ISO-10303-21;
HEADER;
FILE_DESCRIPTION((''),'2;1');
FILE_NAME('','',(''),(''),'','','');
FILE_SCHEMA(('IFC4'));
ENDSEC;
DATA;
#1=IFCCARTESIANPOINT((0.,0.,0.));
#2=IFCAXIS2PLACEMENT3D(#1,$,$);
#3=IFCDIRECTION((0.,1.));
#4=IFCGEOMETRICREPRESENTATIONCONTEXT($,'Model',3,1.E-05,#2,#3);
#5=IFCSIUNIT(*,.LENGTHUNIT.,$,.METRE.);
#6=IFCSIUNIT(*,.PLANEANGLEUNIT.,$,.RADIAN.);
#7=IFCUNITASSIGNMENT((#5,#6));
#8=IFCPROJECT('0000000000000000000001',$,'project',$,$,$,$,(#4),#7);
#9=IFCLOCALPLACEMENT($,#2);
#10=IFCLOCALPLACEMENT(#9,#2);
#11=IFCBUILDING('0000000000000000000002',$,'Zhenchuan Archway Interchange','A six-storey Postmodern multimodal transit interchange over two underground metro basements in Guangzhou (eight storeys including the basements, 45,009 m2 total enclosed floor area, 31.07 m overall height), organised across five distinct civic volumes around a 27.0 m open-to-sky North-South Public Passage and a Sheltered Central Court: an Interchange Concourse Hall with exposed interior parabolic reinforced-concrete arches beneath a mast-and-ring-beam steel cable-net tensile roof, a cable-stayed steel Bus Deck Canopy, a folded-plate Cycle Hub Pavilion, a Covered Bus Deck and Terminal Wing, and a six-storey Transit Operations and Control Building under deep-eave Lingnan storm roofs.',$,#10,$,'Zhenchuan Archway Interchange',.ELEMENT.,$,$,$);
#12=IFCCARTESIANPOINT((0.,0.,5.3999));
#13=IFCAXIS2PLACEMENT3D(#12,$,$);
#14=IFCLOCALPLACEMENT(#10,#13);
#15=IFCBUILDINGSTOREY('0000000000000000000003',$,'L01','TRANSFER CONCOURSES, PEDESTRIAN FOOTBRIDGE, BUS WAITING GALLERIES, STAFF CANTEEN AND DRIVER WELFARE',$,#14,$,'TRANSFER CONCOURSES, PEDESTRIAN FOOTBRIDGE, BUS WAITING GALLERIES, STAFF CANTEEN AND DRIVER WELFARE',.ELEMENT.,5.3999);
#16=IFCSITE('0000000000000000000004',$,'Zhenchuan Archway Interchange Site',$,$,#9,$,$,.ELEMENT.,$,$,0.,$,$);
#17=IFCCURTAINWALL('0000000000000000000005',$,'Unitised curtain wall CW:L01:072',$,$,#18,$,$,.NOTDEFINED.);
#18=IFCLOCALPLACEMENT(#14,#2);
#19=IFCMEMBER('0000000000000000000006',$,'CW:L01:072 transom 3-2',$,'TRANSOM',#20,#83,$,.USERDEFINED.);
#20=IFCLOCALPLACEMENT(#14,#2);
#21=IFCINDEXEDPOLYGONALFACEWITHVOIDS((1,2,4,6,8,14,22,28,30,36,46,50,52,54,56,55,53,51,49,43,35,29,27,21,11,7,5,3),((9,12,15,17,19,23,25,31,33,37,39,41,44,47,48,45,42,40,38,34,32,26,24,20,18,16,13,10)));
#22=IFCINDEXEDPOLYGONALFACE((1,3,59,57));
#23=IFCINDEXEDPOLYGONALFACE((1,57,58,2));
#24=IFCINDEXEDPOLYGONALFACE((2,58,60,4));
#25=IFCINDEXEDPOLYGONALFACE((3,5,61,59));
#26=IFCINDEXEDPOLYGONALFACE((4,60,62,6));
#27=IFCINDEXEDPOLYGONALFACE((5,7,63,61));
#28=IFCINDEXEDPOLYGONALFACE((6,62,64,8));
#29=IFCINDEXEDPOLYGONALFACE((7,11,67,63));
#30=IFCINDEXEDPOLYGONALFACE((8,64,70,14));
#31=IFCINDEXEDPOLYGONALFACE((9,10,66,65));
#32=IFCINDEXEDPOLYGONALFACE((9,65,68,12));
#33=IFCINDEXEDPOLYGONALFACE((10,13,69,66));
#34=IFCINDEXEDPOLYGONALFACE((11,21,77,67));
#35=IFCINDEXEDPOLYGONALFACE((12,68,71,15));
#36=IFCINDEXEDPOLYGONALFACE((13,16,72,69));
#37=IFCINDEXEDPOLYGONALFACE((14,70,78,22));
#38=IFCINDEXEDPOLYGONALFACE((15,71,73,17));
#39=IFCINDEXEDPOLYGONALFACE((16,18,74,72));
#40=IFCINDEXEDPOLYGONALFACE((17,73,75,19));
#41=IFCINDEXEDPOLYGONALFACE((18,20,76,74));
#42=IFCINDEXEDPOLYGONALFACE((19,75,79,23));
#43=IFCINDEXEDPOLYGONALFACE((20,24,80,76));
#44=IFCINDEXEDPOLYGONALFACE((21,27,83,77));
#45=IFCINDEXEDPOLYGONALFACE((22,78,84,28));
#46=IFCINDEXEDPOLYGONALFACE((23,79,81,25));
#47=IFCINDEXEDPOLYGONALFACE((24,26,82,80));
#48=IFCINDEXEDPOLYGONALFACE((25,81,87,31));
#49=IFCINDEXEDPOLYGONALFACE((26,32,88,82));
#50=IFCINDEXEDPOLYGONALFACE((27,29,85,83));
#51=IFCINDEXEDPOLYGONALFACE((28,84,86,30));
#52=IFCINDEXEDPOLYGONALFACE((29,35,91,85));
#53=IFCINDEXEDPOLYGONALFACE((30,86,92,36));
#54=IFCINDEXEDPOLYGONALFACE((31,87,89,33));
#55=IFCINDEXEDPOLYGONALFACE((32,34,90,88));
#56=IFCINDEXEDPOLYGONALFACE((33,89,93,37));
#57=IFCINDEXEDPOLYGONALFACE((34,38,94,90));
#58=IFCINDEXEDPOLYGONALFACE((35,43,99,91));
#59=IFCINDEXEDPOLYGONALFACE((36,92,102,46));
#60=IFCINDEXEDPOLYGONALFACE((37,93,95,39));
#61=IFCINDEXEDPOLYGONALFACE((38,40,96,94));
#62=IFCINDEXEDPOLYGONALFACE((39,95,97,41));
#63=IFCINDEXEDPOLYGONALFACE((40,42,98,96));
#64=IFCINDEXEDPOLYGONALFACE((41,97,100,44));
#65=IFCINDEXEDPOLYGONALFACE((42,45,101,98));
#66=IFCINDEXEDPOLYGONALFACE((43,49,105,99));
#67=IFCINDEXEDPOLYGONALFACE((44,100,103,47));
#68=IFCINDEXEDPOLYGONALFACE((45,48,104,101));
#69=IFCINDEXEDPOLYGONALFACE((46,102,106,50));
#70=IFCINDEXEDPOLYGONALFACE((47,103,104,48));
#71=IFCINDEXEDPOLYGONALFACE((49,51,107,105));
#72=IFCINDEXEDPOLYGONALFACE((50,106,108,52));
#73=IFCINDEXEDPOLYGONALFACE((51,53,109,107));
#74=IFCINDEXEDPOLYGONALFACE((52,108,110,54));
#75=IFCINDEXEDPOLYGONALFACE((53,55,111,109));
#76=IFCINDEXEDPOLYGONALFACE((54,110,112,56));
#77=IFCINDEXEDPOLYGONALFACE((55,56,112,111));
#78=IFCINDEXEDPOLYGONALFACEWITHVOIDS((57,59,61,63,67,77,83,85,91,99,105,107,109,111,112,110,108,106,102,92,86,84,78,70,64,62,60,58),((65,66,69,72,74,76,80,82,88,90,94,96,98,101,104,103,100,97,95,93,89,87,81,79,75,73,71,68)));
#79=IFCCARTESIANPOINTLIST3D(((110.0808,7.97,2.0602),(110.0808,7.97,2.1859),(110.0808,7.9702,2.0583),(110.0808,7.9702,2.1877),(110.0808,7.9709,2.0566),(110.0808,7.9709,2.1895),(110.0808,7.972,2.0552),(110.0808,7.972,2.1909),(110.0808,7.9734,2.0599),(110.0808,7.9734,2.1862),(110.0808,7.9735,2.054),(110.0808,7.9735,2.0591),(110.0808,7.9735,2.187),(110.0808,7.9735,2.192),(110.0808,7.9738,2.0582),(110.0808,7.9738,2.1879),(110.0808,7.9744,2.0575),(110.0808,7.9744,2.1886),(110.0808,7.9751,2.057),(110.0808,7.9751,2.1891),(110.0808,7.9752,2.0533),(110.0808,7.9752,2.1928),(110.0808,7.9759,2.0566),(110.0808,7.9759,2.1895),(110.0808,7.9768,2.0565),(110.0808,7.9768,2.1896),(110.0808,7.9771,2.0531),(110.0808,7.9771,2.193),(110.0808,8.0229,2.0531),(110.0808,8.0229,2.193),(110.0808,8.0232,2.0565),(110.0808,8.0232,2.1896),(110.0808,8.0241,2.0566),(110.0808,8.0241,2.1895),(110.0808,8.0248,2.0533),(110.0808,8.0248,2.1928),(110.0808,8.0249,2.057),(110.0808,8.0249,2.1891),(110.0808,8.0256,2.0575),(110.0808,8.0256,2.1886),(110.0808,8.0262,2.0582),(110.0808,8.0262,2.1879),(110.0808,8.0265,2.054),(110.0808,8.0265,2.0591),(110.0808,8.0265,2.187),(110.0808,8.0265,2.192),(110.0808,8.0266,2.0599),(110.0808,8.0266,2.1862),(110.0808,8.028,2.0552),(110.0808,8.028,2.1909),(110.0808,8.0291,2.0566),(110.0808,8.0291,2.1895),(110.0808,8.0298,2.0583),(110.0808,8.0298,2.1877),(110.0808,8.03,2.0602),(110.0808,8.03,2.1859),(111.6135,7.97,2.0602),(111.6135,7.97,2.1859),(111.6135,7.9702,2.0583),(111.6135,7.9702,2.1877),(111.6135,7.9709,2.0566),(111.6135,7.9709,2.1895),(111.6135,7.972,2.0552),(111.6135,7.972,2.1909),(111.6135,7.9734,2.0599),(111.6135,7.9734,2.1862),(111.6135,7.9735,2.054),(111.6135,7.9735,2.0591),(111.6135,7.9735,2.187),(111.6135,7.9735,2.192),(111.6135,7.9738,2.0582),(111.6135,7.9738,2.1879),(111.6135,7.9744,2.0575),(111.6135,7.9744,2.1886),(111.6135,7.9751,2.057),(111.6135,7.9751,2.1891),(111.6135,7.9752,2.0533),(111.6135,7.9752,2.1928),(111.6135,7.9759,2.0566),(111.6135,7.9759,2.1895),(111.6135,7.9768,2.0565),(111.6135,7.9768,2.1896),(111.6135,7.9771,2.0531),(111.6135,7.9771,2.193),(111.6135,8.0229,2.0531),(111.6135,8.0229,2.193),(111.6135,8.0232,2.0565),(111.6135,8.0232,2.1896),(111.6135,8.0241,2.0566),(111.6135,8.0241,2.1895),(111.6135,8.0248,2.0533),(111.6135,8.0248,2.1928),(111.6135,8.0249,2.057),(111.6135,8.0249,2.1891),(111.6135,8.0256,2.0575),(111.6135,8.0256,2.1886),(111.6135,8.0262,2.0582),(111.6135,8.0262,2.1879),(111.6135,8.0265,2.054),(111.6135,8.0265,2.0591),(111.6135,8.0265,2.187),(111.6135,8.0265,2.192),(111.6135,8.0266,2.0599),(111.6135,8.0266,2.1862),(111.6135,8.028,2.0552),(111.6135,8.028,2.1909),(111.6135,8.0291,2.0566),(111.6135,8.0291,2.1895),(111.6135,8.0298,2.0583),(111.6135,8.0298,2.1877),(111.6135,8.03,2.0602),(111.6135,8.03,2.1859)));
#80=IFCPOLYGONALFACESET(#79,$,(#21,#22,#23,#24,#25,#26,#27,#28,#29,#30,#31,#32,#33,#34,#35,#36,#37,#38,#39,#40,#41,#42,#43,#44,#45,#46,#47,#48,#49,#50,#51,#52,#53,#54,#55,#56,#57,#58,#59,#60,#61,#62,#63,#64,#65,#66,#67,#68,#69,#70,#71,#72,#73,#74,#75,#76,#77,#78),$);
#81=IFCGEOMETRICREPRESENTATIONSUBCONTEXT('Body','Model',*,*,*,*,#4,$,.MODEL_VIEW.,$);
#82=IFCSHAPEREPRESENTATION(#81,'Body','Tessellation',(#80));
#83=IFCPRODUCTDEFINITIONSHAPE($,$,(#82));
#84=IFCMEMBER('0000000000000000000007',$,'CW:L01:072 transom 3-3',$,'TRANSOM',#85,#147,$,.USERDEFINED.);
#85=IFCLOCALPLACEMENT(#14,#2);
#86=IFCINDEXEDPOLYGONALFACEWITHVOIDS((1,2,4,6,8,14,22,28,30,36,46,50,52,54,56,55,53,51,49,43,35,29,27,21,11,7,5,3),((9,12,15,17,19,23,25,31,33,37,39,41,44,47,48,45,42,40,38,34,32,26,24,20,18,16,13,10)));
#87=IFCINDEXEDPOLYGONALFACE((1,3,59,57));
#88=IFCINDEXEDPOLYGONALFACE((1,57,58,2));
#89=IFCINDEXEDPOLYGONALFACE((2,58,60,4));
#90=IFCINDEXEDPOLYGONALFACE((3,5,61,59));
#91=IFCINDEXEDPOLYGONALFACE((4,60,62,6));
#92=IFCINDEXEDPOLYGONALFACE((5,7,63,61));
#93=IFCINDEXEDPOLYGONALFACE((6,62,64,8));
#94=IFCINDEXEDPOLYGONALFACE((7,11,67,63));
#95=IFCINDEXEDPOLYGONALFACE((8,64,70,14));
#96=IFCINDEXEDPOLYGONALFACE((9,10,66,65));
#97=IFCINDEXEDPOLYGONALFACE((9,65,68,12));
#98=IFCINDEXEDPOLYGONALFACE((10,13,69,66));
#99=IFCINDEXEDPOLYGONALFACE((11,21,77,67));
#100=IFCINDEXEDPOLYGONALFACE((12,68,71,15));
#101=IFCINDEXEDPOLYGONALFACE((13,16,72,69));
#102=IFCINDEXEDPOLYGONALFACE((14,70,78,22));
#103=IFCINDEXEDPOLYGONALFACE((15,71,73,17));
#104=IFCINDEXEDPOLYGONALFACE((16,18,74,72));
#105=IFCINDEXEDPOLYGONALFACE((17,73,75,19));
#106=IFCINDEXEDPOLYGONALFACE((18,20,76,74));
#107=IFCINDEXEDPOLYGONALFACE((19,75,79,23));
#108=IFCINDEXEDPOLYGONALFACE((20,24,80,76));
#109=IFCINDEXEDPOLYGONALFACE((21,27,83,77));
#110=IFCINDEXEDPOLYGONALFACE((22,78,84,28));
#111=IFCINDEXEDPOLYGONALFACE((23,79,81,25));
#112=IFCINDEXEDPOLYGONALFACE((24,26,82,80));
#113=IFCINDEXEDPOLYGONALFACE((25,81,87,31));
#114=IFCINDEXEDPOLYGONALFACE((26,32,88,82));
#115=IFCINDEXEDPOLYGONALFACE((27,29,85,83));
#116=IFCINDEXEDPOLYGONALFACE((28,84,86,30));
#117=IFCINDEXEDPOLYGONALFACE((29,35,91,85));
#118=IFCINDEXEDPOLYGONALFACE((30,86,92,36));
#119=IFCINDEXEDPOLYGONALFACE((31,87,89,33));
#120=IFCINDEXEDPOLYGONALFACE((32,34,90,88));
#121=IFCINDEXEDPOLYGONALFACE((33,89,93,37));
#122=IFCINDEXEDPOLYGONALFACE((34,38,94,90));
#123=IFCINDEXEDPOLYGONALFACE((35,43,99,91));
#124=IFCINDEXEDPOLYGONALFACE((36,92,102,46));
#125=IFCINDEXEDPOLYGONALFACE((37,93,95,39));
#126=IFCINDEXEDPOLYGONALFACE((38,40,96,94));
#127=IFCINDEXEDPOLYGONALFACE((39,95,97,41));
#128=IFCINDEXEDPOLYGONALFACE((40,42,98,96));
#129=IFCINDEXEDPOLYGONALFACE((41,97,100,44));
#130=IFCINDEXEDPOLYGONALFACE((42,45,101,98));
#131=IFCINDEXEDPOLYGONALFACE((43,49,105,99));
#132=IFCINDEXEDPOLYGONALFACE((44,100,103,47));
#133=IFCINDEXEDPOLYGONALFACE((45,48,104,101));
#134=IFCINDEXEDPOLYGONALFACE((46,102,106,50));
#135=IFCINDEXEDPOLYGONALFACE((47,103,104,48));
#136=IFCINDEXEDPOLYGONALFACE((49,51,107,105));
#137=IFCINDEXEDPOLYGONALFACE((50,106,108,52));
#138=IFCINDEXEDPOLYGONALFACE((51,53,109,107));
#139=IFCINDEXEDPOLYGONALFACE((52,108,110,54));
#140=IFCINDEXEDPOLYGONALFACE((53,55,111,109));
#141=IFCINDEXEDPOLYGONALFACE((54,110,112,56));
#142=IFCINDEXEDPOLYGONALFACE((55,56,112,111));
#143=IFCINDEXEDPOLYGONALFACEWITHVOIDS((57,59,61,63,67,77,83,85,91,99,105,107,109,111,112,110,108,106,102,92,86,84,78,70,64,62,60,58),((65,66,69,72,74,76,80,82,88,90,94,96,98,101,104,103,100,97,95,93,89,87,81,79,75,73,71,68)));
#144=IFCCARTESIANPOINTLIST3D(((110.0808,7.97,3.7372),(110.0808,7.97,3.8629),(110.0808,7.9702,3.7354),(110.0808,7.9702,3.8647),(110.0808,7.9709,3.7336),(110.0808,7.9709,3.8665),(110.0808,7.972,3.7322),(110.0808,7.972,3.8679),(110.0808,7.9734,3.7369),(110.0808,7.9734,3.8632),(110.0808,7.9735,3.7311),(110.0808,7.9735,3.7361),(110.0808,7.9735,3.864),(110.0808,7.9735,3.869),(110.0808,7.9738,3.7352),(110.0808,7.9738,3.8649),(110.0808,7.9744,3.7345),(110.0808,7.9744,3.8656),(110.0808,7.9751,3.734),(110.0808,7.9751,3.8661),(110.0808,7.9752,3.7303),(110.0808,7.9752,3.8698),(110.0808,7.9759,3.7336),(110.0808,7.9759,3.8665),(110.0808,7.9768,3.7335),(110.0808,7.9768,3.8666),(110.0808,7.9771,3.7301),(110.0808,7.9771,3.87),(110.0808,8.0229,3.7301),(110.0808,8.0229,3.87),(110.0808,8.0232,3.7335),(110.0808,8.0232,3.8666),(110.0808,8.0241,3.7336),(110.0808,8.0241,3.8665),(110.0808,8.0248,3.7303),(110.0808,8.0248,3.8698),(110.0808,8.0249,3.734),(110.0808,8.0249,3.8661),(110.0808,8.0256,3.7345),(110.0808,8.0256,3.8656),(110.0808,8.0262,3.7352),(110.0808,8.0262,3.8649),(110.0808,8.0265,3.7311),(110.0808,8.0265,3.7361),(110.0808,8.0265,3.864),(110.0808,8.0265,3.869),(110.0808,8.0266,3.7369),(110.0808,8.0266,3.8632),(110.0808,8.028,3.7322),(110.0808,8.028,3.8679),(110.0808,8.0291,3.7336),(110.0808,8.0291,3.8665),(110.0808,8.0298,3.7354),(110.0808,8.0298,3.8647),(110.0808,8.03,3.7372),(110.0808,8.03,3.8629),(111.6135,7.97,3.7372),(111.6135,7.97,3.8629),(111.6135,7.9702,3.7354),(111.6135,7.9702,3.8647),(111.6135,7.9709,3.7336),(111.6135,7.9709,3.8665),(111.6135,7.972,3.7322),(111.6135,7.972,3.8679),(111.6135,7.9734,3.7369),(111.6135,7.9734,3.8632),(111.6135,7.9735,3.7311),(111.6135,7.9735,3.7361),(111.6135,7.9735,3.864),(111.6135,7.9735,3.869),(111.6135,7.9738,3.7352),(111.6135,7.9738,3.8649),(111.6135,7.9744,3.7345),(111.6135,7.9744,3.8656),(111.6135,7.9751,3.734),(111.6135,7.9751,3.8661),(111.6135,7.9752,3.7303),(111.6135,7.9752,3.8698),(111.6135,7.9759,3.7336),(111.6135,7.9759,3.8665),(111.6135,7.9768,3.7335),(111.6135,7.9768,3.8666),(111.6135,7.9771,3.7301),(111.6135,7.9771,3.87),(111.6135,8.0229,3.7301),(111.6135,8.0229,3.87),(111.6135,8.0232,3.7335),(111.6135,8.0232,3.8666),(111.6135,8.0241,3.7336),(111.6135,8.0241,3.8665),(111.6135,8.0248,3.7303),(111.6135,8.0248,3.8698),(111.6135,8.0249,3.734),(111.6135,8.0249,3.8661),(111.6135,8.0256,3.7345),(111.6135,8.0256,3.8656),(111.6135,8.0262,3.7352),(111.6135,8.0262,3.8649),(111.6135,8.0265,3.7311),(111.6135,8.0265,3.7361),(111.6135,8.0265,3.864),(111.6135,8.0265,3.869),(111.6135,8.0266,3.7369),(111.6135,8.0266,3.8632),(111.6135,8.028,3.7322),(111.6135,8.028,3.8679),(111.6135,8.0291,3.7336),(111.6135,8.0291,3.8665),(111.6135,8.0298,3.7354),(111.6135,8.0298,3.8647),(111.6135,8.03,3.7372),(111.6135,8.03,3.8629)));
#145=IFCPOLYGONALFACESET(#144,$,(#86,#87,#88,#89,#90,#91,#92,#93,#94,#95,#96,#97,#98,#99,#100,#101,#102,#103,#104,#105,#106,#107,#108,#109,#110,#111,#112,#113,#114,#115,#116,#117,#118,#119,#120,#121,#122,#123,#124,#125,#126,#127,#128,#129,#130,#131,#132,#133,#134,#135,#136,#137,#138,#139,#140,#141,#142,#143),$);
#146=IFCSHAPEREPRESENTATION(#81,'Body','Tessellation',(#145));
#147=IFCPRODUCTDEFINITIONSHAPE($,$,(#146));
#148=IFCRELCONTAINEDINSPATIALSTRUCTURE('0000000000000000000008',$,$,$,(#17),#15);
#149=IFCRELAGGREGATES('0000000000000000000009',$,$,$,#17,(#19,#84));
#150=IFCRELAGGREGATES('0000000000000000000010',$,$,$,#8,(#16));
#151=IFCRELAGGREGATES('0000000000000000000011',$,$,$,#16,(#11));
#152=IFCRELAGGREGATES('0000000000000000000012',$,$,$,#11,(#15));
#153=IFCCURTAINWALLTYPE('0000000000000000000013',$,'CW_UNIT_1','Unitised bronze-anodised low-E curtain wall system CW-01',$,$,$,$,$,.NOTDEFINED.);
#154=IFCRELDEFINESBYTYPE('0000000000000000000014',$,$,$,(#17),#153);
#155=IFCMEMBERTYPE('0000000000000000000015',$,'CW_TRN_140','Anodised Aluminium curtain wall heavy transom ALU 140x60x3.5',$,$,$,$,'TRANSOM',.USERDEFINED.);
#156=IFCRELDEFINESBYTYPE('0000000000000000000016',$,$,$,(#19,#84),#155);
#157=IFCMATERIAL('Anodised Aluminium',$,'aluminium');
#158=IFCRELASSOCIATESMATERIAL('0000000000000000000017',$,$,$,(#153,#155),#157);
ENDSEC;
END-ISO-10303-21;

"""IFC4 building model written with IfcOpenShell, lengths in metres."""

from ifc_helpers import new_model, si_unit, direction, frame, origin, origin_2d, place, context, subcontext, project, spatial, hollow_rectangle, extrude, material, material_profile, profile_set, type_object, element, aggregate, save


model = new_model("IFC4")

# Units and contexts
model_context = context("Model", 3, precision=1e-05, world=origin(), true_north=direction((0.0, 1.0)))
body_context = subcontext(model_context, "Body", "Model", "MODEL_VIEW")
ifc_project = project(units=[si_unit("LENGTHUNIT", "METRE"), si_unit("PLANEANGLEUNIT", "RADIAN")], contexts=[model_context])

# Site, building, storey
site_placement = place(None, origin())
site = spatial("IfcSite", under=ifc_project, at=site_placement, Name="Zhenchuan Archway Interchange Site", CompositionType="ELEMENT", RefElevation=0.0)
building_placement = place(site_placement, origin())
building = spatial("IfcBuilding", under=site, at=building_placement, Name="Zhenchuan Archway Interchange", Description="A six-storey Postmodern multimodal transit interchange over two underground metro basements in Guangzhou (eight storeys including the basements, 45,009 m2 total enclosed floor area, 31.07 m overall height), organised across five distinct civic volumes around a 27.0 m open-to-sky North-South Public Passage and a Sheltered Central Court: an Interchange Concourse Hall with exposed interior parabolic reinforced-concrete arches beneath a mast-and-ring-beam steel cable-net tensile roof, a cable-stayed steel Bus Deck Canopy, a folded-plate Cycle Hub Pavilion, a Covered Bus Deck and Terminal Wing, and a six-storey Transit Operations and Control Building under deep-eave Lingnan storm roofs.", LongName="Zhenchuan Archway Interchange", CompositionType="ELEMENT")
storey_placement = place(building_placement, frame((0.0, 0.0, 5.3999)))
storey = spatial("IfcBuildingStorey", under=building, at=storey_placement, Name="L01", Description="TRANSFER CONCOURSES, PEDESTRIAN FOOTBRIDGE, BUS WAITING GALLERIES, STAFF CANTEEN AND DRIVER WELFARE", LongName="TRANSFER CONCOURSES, PEDESTRIAN FOOTBRIDGE, BUS WAITING GALLERIES, STAFF CANTEEN AND DRIVER WELFARE", CompositionType="ELEMENT", Elevation=5.3999)

# Curtain wall, members
ifc_material_1 = material(Name="Anodised Aluminium", Category="aluminium")
curtain_wall_type = type_object("IfcCurtainWallType", Name="CW_UNIT_1", Description="Unitised bronze-anodised low-E curtain wall system CW-01", PredefinedType="NOTDEFINED", material=ifc_material_1)
curtain_wall_placement = place(storey_placement, origin())
curtain_wall = element("IfcCurtainWall", 1, at=curtain_wall_placement, inside=storey, type_object=curtain_wall_type, Name="Unitised curtain wall CW:L01:072", PredefinedType="NOTDEFINED")
ifc_material_profile_1 = material_profile(ifc_material_1, hollow_rectangle(XDim=0.0601, YDim=0.1399, WallThickness=0.0034, InnerFilletRadius=0.0034, OuterFilletRadius=0.0071, at=origin_2d()), Name="ALU 140x60x3.5")
ifc_profile_set_1 = profile_set([ifc_material_profile_1], Name="Anodised Aluminium")
member_type_1 = type_object("IfcMemberType", Name="CW_TRN_140", Description="Anodised Aluminium curtain wall heavy transom ALU 140x60x3.5", ElementType="TRANSOM", PredefinedType="USERDEFINED", material=ifc_profile_set_1)
member_1_placement = place(storey_placement, frame((111.6135, 8.0, 2.123), z_axis=(-1.0, 0.0, 0.0), x_axis=(0.0, -1.0, 0.0)))
member_1 = element("IfcMember", 2, at=member_1_placement, type_object=member_type_1, Name="CW:L01:072 transom 3-2", ObjectType="TRANSOM", PredefinedType="USERDEFINED", context=body_context, shape_type="SweptSolid", body=[
    extrude(hollow_rectangle(XDim=0.0601, YDim=0.1399, WallThickness=0.0034, InnerFilletRadius=0.0034, OuterFilletRadius=0.0071, at=origin_2d()), origin(), (0.0, 0.0, 1.0), 1.5327),
])
member_2_placement = place(storey_placement, frame((111.6135, 8.0, 3.8), z_axis=(-1.0, 0.0, 0.0), x_axis=(0.0, -1.0, 0.0)))
member_2 = element("IfcMember", 3, at=member_2_placement, type_object=member_type_1, Name="CW:L01:072 transom 3-3", ObjectType="TRANSOM", PredefinedType="USERDEFINED", context=body_context, shape_type="SweptSolid", body=[
    extrude(hollow_rectangle(XDim=0.0601, YDim=0.1399, WallThickness=0.0034, InnerFilletRadius=0.0034, OuterFilletRadius=0.0071, at=origin_2d()), origin(), (0.0, 0.0, 1.0), 1.5327),
])

aggregate(curtain_wall, [member_1, member_2])

save(model, "model.ifc")
